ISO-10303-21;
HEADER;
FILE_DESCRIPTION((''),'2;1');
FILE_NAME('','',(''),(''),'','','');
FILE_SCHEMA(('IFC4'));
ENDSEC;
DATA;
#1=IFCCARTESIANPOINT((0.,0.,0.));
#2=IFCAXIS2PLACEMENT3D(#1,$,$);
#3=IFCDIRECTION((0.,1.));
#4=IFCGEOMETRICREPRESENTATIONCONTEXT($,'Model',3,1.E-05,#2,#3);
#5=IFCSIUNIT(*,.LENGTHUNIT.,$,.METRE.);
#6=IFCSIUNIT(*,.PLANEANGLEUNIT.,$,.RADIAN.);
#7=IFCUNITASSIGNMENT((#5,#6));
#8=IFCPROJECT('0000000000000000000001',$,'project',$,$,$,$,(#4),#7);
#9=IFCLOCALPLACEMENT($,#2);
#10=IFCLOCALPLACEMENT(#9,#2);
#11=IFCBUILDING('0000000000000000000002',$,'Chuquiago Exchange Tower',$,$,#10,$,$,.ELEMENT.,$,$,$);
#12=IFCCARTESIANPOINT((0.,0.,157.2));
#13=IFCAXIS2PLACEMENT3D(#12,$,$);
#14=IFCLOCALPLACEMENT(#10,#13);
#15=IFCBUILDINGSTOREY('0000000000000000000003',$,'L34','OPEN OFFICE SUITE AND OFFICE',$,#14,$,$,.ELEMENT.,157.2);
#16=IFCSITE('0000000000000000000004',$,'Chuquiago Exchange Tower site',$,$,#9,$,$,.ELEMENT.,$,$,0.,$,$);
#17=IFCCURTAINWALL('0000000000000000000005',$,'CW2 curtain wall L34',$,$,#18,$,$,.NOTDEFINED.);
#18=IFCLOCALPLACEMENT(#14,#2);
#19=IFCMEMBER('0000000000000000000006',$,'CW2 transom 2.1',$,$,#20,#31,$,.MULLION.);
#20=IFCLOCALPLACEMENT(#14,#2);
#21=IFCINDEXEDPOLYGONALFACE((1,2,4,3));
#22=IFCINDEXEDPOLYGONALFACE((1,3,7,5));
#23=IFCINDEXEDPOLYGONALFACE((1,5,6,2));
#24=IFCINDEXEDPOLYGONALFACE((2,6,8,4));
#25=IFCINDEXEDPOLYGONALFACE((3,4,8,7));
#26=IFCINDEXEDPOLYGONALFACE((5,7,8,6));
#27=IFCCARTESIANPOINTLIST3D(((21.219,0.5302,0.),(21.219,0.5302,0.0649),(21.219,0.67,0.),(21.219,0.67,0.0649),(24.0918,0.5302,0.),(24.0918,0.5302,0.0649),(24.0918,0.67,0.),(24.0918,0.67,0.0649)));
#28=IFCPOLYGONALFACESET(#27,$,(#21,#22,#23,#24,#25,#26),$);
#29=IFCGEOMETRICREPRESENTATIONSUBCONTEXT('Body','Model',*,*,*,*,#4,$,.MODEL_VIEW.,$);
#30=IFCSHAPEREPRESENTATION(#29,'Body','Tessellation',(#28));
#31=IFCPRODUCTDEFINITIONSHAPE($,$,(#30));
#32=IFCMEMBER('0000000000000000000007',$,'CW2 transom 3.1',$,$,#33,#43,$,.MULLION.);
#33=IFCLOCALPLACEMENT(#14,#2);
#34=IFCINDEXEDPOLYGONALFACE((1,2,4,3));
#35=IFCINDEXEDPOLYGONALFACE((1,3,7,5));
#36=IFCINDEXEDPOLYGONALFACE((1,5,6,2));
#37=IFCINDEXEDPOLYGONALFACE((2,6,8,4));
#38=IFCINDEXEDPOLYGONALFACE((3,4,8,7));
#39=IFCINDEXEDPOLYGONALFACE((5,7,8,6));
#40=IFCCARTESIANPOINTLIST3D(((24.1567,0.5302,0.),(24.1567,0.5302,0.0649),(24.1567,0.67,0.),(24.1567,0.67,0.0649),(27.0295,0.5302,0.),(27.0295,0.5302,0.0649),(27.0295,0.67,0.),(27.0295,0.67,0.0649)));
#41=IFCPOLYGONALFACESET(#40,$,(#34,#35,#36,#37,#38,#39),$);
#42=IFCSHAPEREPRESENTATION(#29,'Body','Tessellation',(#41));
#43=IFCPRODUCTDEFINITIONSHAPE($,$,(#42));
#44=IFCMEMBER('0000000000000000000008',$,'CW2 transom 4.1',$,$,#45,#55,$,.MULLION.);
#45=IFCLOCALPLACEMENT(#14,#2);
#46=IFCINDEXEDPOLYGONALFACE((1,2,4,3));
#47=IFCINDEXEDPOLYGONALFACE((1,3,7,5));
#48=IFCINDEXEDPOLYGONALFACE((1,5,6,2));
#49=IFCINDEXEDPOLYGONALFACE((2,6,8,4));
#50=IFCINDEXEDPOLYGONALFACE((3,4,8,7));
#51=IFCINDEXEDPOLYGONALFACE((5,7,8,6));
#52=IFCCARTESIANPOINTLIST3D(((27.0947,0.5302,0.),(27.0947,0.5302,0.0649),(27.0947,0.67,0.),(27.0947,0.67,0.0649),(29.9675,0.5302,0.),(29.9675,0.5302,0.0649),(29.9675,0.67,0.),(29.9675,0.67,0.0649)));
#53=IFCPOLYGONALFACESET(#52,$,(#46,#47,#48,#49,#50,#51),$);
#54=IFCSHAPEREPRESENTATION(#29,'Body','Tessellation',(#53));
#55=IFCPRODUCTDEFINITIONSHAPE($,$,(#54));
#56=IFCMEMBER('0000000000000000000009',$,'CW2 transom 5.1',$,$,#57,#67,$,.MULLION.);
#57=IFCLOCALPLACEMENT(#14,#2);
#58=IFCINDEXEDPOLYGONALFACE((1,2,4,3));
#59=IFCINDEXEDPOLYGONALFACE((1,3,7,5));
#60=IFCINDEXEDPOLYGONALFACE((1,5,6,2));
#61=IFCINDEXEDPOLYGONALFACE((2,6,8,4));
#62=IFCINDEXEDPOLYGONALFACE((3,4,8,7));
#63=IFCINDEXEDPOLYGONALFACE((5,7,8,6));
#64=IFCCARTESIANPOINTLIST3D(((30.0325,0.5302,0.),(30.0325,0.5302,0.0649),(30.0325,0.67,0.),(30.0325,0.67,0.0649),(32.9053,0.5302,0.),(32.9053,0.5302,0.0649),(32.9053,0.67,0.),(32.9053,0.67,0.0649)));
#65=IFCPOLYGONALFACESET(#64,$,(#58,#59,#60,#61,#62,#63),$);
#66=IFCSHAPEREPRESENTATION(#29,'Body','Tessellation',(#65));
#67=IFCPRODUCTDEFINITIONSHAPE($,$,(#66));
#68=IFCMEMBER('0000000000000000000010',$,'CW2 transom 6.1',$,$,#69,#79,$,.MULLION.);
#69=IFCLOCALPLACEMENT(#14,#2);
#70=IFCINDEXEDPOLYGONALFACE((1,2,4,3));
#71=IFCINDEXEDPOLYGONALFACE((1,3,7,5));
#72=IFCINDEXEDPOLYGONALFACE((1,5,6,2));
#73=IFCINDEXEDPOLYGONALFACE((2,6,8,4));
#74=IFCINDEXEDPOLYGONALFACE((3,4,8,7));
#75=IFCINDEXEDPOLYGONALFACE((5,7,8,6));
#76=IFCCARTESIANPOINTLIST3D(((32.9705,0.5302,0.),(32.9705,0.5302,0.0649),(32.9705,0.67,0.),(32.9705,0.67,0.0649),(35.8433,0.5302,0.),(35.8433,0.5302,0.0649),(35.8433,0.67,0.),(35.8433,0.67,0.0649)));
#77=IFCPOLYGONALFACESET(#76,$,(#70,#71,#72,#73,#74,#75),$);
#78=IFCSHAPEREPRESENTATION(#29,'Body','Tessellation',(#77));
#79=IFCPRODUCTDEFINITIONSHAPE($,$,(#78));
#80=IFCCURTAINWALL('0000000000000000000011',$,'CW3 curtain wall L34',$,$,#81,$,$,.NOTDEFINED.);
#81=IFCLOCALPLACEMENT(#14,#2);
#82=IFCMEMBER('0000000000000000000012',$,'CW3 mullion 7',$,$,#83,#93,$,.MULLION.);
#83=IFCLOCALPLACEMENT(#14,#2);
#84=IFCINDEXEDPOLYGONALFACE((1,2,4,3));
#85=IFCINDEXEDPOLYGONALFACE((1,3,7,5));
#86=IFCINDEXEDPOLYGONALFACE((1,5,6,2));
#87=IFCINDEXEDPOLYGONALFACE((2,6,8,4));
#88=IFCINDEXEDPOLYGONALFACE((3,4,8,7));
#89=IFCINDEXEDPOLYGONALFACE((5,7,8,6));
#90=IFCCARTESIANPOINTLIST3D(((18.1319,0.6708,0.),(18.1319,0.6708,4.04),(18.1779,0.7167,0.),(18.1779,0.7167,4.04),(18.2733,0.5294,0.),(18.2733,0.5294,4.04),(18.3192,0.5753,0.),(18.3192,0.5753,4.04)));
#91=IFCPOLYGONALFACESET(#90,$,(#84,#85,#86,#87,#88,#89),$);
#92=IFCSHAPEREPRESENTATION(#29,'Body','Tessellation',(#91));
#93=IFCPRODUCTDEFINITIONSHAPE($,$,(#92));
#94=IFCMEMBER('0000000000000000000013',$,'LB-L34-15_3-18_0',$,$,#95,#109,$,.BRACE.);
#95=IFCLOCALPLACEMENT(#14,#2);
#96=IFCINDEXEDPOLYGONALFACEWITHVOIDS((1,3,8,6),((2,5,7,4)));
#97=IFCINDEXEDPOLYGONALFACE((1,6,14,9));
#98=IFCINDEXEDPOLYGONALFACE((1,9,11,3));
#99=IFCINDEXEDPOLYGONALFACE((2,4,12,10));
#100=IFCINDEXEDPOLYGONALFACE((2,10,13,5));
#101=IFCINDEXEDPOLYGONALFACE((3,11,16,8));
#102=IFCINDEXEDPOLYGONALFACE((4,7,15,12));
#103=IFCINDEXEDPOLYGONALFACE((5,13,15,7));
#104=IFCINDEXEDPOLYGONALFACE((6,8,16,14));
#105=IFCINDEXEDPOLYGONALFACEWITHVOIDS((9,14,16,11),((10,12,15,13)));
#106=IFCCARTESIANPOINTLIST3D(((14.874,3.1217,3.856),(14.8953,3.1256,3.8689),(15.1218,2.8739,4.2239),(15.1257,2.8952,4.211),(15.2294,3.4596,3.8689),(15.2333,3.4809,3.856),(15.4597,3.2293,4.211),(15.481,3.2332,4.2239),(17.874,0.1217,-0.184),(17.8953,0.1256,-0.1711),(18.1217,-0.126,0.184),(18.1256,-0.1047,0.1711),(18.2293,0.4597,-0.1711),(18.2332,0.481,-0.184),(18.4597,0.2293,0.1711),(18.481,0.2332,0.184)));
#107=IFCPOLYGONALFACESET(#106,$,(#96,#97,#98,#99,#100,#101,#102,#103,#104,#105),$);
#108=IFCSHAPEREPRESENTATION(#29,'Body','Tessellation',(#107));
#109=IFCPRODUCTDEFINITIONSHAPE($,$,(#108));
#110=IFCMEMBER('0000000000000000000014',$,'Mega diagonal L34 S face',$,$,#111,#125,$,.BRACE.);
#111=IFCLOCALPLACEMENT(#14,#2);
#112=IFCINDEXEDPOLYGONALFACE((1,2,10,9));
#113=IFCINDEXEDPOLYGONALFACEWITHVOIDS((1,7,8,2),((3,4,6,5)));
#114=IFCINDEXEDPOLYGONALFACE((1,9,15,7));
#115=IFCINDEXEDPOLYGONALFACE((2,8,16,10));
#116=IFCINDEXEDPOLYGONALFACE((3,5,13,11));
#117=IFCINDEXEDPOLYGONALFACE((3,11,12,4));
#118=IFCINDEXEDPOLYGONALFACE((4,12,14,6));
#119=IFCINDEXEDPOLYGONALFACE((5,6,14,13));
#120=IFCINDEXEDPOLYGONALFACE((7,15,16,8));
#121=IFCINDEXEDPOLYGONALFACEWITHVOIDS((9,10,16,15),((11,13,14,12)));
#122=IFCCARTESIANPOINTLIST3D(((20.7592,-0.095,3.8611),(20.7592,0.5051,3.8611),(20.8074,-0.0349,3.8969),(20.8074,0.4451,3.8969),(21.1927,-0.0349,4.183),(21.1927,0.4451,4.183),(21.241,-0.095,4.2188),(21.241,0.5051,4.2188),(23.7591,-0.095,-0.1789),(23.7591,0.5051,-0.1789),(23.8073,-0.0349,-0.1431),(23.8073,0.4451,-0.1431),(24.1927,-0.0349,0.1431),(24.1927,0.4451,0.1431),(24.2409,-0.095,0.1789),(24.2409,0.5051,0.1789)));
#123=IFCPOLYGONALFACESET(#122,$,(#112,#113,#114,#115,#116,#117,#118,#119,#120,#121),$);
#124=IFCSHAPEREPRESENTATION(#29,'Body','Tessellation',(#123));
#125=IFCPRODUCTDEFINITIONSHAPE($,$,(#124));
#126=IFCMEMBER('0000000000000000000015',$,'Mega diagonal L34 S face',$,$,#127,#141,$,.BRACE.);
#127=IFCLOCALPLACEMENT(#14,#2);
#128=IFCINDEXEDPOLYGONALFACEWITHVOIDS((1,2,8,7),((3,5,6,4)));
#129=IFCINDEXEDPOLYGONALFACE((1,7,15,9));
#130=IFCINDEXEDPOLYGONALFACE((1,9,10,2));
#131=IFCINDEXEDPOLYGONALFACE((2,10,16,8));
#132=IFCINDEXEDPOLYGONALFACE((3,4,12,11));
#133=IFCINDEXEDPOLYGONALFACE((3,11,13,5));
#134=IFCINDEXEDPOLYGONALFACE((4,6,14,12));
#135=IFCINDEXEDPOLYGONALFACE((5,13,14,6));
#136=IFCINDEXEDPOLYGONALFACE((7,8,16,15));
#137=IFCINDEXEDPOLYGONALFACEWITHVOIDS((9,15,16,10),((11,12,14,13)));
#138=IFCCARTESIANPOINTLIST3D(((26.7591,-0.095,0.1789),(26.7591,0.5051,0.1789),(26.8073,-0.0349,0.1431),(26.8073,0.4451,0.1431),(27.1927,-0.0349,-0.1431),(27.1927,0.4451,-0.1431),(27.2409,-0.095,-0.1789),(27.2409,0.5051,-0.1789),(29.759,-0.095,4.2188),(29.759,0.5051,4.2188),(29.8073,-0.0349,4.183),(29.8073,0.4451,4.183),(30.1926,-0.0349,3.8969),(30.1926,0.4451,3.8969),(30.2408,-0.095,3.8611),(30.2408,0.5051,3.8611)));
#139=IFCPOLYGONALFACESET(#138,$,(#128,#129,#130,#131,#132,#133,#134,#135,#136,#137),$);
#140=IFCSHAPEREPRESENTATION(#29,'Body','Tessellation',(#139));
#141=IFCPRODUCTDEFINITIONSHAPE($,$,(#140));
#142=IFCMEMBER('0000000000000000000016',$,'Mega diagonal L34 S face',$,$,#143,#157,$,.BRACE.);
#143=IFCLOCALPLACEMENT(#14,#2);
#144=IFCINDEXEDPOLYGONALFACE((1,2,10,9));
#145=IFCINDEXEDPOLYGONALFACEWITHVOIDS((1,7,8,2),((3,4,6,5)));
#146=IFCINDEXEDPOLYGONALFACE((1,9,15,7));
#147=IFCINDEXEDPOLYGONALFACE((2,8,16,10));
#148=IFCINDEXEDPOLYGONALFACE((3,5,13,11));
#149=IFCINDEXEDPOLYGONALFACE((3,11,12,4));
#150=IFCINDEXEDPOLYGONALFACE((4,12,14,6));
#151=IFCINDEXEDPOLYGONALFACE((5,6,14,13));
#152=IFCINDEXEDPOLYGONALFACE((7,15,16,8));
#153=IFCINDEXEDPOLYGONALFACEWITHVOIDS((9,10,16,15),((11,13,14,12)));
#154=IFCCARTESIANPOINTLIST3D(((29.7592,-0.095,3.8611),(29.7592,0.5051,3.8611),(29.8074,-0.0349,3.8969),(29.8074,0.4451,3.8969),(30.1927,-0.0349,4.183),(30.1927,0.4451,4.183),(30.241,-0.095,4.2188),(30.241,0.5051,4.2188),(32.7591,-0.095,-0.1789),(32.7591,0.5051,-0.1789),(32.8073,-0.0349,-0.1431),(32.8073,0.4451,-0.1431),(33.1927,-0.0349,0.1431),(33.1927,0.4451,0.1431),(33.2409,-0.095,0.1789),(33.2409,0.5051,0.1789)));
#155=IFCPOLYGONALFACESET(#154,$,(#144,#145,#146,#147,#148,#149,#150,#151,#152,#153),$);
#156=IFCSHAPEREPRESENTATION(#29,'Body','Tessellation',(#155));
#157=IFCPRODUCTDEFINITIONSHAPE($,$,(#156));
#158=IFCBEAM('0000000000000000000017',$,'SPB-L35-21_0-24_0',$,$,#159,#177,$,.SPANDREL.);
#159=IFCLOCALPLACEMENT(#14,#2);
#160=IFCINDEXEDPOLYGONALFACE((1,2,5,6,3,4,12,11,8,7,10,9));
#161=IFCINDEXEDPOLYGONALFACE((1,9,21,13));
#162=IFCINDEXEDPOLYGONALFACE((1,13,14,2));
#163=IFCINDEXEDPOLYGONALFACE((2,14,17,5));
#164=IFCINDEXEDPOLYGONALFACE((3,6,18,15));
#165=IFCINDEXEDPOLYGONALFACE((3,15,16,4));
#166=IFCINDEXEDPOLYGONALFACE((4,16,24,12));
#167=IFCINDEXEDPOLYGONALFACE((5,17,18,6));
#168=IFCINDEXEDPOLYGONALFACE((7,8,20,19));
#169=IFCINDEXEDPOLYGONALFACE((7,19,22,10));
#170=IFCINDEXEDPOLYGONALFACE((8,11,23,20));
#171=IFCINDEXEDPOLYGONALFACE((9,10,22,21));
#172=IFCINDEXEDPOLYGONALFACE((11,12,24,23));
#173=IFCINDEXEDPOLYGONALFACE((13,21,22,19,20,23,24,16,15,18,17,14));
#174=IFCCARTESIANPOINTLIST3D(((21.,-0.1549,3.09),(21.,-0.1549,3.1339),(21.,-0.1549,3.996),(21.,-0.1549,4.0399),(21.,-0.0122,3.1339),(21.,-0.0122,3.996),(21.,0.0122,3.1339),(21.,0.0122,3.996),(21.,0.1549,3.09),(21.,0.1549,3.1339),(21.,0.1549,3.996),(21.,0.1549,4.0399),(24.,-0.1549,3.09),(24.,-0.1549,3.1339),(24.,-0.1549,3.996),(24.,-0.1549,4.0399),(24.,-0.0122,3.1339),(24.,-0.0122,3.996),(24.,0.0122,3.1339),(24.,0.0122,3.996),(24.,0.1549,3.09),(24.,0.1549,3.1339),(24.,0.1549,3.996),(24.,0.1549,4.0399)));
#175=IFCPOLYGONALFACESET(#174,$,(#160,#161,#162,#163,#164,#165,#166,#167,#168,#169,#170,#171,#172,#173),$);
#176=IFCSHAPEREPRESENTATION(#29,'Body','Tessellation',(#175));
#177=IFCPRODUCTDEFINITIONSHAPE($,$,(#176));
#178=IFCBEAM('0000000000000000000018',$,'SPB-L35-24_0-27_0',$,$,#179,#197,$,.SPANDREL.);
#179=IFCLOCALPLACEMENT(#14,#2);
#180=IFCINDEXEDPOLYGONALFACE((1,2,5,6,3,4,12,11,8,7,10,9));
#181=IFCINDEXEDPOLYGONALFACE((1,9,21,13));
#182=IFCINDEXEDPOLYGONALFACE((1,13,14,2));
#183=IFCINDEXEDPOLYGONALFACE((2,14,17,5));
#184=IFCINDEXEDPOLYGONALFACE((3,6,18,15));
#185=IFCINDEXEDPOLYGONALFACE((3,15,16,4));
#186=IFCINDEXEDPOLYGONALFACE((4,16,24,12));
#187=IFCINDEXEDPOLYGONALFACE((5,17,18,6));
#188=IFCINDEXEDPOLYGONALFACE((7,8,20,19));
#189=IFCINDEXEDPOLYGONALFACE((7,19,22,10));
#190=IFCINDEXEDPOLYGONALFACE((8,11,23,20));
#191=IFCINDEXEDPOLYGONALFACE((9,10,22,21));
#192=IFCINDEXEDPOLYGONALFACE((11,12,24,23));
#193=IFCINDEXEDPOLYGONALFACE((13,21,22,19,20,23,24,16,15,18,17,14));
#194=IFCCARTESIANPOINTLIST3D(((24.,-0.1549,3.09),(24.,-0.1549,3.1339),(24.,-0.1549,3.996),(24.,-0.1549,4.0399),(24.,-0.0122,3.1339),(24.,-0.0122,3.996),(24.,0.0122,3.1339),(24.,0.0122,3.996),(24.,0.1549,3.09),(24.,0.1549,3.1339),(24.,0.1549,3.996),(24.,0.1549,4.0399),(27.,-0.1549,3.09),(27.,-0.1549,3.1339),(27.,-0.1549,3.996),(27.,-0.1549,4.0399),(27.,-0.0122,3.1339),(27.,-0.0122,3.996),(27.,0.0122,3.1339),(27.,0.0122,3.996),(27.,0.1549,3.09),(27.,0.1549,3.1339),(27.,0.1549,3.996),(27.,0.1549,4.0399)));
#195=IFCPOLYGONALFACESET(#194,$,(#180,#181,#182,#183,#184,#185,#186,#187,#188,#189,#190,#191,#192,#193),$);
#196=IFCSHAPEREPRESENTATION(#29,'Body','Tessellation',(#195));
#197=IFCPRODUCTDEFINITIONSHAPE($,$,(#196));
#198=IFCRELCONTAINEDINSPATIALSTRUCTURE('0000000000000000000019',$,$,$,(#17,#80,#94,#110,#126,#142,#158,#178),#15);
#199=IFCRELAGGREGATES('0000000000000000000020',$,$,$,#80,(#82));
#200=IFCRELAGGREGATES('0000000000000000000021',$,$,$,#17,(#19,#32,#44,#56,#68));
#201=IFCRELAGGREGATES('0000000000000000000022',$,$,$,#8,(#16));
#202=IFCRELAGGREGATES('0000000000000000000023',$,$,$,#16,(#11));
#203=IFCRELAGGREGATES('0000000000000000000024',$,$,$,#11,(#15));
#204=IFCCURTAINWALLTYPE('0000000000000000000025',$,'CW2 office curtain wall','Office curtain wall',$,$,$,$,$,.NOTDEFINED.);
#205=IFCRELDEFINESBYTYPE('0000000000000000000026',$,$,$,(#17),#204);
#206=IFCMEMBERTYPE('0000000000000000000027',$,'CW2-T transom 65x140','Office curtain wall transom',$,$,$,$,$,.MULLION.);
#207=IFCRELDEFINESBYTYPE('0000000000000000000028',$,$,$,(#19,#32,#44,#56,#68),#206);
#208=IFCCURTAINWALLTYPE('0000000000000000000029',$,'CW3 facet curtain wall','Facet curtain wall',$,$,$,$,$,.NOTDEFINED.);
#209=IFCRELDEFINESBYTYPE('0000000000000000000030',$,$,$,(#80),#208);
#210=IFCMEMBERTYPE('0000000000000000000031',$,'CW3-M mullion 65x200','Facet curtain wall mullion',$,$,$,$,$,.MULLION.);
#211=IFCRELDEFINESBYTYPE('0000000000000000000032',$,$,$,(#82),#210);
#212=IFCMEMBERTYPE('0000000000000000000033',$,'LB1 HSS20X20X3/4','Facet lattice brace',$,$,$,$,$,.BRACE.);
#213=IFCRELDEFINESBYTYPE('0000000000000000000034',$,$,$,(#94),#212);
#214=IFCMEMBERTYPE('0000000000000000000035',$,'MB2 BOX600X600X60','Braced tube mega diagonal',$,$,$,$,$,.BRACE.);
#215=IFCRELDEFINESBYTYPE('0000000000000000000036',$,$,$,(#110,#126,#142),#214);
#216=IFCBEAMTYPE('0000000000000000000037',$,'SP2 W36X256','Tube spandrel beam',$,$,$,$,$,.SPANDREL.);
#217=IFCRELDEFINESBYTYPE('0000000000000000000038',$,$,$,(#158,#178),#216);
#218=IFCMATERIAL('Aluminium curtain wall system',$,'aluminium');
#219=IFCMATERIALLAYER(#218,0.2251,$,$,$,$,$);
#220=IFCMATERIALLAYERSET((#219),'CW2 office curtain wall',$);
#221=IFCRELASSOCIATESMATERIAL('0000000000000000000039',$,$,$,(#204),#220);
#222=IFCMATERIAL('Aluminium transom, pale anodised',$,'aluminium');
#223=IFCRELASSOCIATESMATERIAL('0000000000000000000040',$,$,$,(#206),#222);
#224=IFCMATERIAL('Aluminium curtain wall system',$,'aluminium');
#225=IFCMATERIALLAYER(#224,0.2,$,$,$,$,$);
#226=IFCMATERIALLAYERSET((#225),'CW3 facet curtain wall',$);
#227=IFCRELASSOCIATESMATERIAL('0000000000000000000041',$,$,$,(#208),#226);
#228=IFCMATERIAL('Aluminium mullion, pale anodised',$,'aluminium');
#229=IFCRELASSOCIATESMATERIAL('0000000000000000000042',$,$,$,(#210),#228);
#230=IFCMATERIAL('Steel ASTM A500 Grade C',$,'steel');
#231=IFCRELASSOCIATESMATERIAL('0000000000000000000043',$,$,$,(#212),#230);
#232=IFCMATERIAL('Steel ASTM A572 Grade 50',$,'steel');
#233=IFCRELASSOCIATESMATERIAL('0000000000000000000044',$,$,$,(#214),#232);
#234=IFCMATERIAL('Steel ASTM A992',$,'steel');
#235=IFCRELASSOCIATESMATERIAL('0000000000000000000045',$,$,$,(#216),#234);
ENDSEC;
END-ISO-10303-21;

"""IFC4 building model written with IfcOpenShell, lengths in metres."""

from ifc_helpers import new_model, si_unit, direction, frame, origin, origin_2d, place, context, subcontext, project, spatial, rectangle, hollow_rectangle, i_section, extrude, material, layer, layer_set, material_profile, profile_set, type_object, element, aggregate, save


model = new_model("IFC4")

# Units and contexts
model_context = context("Model", 3, precision=1e-05, world=origin(), true_north=direction((0.0, 1.0)))
body_context = subcontext(model_context, "Body", "Model", "MODEL_VIEW")
ifc_project = project(units=[si_unit("LENGTHUNIT", "METRE"), si_unit("PLANEANGLEUNIT", "RADIAN")], contexts=[model_context])

# Site, building, storey
site_placement = place(None, origin())
site = spatial("IfcSite", under=ifc_project, at=site_placement, Name="Chuquiago Exchange Tower site", CompositionType="ELEMENT", RefElevation=0.0)
building_placement = place(site_placement, origin())
building = spatial("IfcBuilding", under=site, at=building_placement, Name="Chuquiago Exchange Tower", CompositionType="ELEMENT")
storey_placement = place(building_placement, frame((0.0, 0.0, 157.2)))
storey = spatial("IfcBuildingStorey", under=building, at=storey_placement, Name="L34", Description="OPEN OFFICE SUITE AND OFFICE", CompositionType="ELEMENT", Elevation=157.2)

# Curtain wall, members
ifc_material_1 = material(Name="Aluminium curtain wall system", Category="aluminium")
ifc_layer_1 = layer(ifc_material_1, 0.2251)
ifc_layer_set_1 = layer_set([ifc_layer_1], Name="CW2 office curtain wall")
curtain_wall_type_1 = type_object("IfcCurtainWallType", Name="CW2 office curtain wall", Description="Office curtain wall", PredefinedType="NOTDEFINED", material=ifc_layer_set_1)
curtain_wall_1_placement = place(storey_placement, origin())
curtain_wall_1 = element("IfcCurtainWall", 1, at=curtain_wall_1_placement, inside=storey, type_object=curtain_wall_type_1, Name="CW2 curtain wall L34", PredefinedType="NOTDEFINED")
ifc_material_2 = material(Name="Aluminium transom, pale anodised", Category="aluminium")
ifc_material_profile_1 = material_profile(ifc_material_2, rectangle(XDim=0.1399, YDim=0.0649, at=origin_2d()), Name="AL 140x65")
ifc_profile_set_1 = profile_set([ifc_material_profile_1], Name="Aluminium transom, pale anodised")
member_type_1 = type_object("IfcMemberType", Name="CW2-T transom 65x140", Description="Office curtain wall transom", PredefinedType="MULLION", material=ifc_profile_set_1)
member_1_placement = place(storey_placement, frame((21.219, 0.6001, 0.0325), z_axis=(1.0, 0.0, 0.0), x_axis=(0.0, 1.0, 0.0)))
member_1 = element("IfcMember", 2, at=member_1_placement, type_object=member_type_1, Name="CW2 transom 2.1", PredefinedType="MULLION", context=body_context, shape_type="SweptSolid", body=[
    extrude(rectangle(XDim=0.1399, YDim=0.0649, at=origin_2d()), origin(), (0.0, 0.0, 1.0), 2.8728),
])
member_2_placement = place(storey_placement, frame((24.1567, 0.6001, 0.0325), z_axis=(1.0, 0.0, 0.0), x_axis=(0.0, 1.0, 0.0)))
member_2 = element("IfcMember", 3, at=member_2_placement, type_object=member_type_1, Name="CW2 transom 3.1", PredefinedType="MULLION", context=body_context, shape_type="SweptSolid", body=[
    extrude(rectangle(XDim=0.1399, YDim=0.0649, at=origin_2d()), origin(), (0.0, 0.0, 1.0), 2.8728),
])
member_3_placement = place(storey_placement, frame((27.0947, 0.6001, 0.0325), z_axis=(1.0, 0.0, 0.0), x_axis=(0.0, 1.0, 0.0)))
member_3 = element("IfcMember", 4, at=member_3_placement, type_object=member_type_1, Name="CW2 transom 4.1", PredefinedType="MULLION", context=body_context, shape_type="SweptSolid", body=[
    extrude(rectangle(XDim=0.1399, YDim=0.0649, at=origin_2d()), origin(), (0.0, 0.0, 1.0), 2.8728),
])
member_4_placement = place(storey_placement, frame((30.0325, 0.6001, 0.0325), z_axis=(1.0, 0.0, 0.0), x_axis=(0.0, 1.0, 0.0)))
member_4 = element("IfcMember", 5, at=member_4_placement, type_object=member_type_1, Name="CW2 transom 5.1", PredefinedType="MULLION", context=body_context, shape_type="SweptSolid", body=[
    extrude(rectangle(XDim=0.1399, YDim=0.0649, at=origin_2d()), origin(), (0.0, 0.0, 1.0), 2.8728),
])
member_5_placement = place(storey_placement, frame((32.9705, 0.6001, 0.0325), z_axis=(1.0, 0.0, 0.0), x_axis=(0.0, 1.0, 0.0)))
member_5 = element("IfcMember", 6, at=member_5_placement, type_object=member_type_1, Name="CW2 transom 6.1", PredefinedType="MULLION", context=body_context, shape_type="SweptSolid", body=[
    extrude(rectangle(XDim=0.1399, YDim=0.0649, at=origin_2d()), origin(), (0.0, 0.0, 1.0), 2.8728),
])

# Curtain wall, member
ifc_material_3 = material(Name="Aluminium curtain wall system", Category="aluminium")
ifc_layer_2 = layer(ifc_material_3, 0.2)
ifc_layer_set_2 = layer_set([ifc_layer_2], Name="CW3 facet curtain wall")
curtain_wall_type_2 = type_object("IfcCurtainWallType", Name="CW3 facet curtain wall", Description="Facet curtain wall", PredefinedType="NOTDEFINED", material=ifc_layer_set_2)
curtain_wall_2_placement = place(storey_placement, origin())
curtain_wall_2 = element("IfcCurtainWall", 7, at=curtain_wall_2_placement, inside=storey, type_object=curtain_wall_type_2, Name="CW3 curtain wall L34", PredefinedType="NOTDEFINED")
ifc_material_4 = material(Name="Aluminium mullion, pale anodised", Category="aluminium")
ifc_material_profile_2 = material_profile(ifc_material_4, rectangle(XDim=0.0649, YDim=0.2, at=origin_2d()), Name="AL 65x200")
ifc_profile_set_2 = profile_set([ifc_material_profile_2], Name="Aluminium mullion, pale anodised")
member_type_2 = type_object("IfcMemberType", Name="CW3-M mullion 65x200", Description="Facet curtain wall mullion", PredefinedType="MULLION", material=ifc_profile_set_2)
member_6_placement = place(storey_placement, frame((18.2256, 0.623, 0.0), z_axis=(0.0, 0.0, 1.0), x_axis=(0.707107, 0.707107, 0.0)))
member_6 = element("IfcMember", 8, at=member_6_placement, type_object=member_type_2, Name="CW3 mullion 7", PredefinedType="MULLION", context=body_context, shape_type="SweptSolid", body=[
    extrude(rectangle(XDim=0.0649, YDim=0.2, at=origin_2d()), origin(), (0.0, 0.0, 1.0), 4.04),
])
aggregate(curtain_wall_2, [member_6])

# Members
ifc_material_5 = material(Name="Steel ASTM A500 Grade C", Category="steel")
ifc_material_profile_3 = material_profile(ifc_material_5, hollow_rectangle(XDim=0.5081, YDim=0.5081, WallThickness=0.0178, at=origin_2d()), Name="HSS20X20X3/4")
ifc_profile_set_3 = profile_set([ifc_material_profile_3], Name="Steel ASTM A500 Grade C")
member_type_3 = type_object("IfcMemberType", Name="LB1 HSS20X20X3/4", Description="Facet lattice brace", PredefinedType="BRACE", material=ifc_profile_set_3)
member_7_placement = place(storey_placement, frame((18.1775, 0.1775, 0.0), z_axis=(-0.512077, 0.512077, 0.689604), x_axis=(-0.707107, -0.707107, 0.0)))
element("IfcMember", 9, at=member_7_placement, inside=storey, type_object=member_type_3, Name="LB-L34-15_3-18_0", PredefinedType="BRACE", context=body_context, shape_type="SweptSolid", body=[
    extrude(hollow_rectangle(XDim=0.5081, YDim=0.5081, WallThickness=0.0178, at=origin_2d()), origin(), (0.0, 0.0, 1.0), 5.8584),
])
ifc_material_6 = material(Name="Steel ASTM A572 Grade 50", Category="steel")
ifc_material_profile_4 = material_profile(ifc_material_6, hollow_rectangle(XDim=0.6001, YDim=0.6001, WallThickness=0.0601, at=origin_2d()), Name="BOX600X600X60")
ifc_profile_set_4 = profile_set([ifc_material_profile_4], Name="Steel ASTM A572 Grade 50")
member_type_4 = type_object("IfcMemberType", Name="MB2 BOX600X600X60", Description="Braced tube mega diagonal", PredefinedType="BRACE", material=ifc_profile_set_4)
for number, where, z_axis, x_axis, name in (
    (10, (24.0, 0.2051, 0.0), (-0.596174, 0.0, 0.802855), (0.0, -1.0, 0.0), "Mega diagonal L34 S face"),
    (11, (27.0, 0.2051, 0.0), (0.596174, 0.0, 0.802855), (0.0, 1.0, 0.0), "Mega diagonal L34 S face"),
    (12, (33.0, 0.2051, 0.0), (-0.596174, 0.0, 0.802855), (0.0, -1.0, 0.0), "Mega diagonal L34 S face"),
):
    element("IfcMember", number, at=place(storey_placement, frame(where, z_axis=z_axis, x_axis=x_axis)), inside=storey, type_object=member_type_4, Name=name, PredefinedType="BRACE", context=body_context, shape_type="SweptSolid", body=[
        extrude(hollow_rectangle(XDim=0.6001, YDim=0.6001, WallThickness=0.0601, at=origin_2d()), origin(), (0.0, 0.0, 1.0), 5.032),
    ])

# Beams
ifc_material_7 = material(Name="Steel ASTM A992", Category="steel")
ifc_material_profile_5 = material_profile(ifc_material_7, i_section(OverallWidth=0.3098, OverallDepth=0.95, WebThickness=0.0244, FlangeThickness=0.0439, at=origin_2d()), Name="W36X256")
ifc_profile_set_5 = profile_set([ifc_material_profile_5], Name="Steel ASTM A992")
beam_type = type_object("IfcBeamType", Name="SP2 W36X256", Description="Tube spandrel beam", PredefinedType="SPANDREL", material=ifc_profile_set_5)
for number, where, z_axis, x_axis, name in (
    (13, (21.0, 0.0, 3.5649), (1.0, 0.0, 0.0), (0.0, 1.0, 0.0), "SPB-L35-21_0-24_0"),
    (14, (24.0, 0.0, 3.5649), (1.0, 0.0, 0.0), (0.0, 1.0, 0.0), "SPB-L35-24_0-27_0"),
):
    element("IfcBeam", number, at=place(storey_placement, frame(where, z_axis=z_axis, x_axis=x_axis)), inside=storey, type_object=beam_type, Name=name, PredefinedType="SPANDREL", context=body_context, shape_type="SweptSolid", body=[
        extrude(i_section(OverallWidth=0.3098, OverallDepth=0.95, WebThickness=0.0244, FlangeThickness=0.0439, at=origin_2d()), origin(), (0.0, 0.0, 1.0), 3.0),
    ])

aggregate(curtain_wall_1, [member_1, member_2, member_3, member_4, member_5])

save(model, "model.ifc")
